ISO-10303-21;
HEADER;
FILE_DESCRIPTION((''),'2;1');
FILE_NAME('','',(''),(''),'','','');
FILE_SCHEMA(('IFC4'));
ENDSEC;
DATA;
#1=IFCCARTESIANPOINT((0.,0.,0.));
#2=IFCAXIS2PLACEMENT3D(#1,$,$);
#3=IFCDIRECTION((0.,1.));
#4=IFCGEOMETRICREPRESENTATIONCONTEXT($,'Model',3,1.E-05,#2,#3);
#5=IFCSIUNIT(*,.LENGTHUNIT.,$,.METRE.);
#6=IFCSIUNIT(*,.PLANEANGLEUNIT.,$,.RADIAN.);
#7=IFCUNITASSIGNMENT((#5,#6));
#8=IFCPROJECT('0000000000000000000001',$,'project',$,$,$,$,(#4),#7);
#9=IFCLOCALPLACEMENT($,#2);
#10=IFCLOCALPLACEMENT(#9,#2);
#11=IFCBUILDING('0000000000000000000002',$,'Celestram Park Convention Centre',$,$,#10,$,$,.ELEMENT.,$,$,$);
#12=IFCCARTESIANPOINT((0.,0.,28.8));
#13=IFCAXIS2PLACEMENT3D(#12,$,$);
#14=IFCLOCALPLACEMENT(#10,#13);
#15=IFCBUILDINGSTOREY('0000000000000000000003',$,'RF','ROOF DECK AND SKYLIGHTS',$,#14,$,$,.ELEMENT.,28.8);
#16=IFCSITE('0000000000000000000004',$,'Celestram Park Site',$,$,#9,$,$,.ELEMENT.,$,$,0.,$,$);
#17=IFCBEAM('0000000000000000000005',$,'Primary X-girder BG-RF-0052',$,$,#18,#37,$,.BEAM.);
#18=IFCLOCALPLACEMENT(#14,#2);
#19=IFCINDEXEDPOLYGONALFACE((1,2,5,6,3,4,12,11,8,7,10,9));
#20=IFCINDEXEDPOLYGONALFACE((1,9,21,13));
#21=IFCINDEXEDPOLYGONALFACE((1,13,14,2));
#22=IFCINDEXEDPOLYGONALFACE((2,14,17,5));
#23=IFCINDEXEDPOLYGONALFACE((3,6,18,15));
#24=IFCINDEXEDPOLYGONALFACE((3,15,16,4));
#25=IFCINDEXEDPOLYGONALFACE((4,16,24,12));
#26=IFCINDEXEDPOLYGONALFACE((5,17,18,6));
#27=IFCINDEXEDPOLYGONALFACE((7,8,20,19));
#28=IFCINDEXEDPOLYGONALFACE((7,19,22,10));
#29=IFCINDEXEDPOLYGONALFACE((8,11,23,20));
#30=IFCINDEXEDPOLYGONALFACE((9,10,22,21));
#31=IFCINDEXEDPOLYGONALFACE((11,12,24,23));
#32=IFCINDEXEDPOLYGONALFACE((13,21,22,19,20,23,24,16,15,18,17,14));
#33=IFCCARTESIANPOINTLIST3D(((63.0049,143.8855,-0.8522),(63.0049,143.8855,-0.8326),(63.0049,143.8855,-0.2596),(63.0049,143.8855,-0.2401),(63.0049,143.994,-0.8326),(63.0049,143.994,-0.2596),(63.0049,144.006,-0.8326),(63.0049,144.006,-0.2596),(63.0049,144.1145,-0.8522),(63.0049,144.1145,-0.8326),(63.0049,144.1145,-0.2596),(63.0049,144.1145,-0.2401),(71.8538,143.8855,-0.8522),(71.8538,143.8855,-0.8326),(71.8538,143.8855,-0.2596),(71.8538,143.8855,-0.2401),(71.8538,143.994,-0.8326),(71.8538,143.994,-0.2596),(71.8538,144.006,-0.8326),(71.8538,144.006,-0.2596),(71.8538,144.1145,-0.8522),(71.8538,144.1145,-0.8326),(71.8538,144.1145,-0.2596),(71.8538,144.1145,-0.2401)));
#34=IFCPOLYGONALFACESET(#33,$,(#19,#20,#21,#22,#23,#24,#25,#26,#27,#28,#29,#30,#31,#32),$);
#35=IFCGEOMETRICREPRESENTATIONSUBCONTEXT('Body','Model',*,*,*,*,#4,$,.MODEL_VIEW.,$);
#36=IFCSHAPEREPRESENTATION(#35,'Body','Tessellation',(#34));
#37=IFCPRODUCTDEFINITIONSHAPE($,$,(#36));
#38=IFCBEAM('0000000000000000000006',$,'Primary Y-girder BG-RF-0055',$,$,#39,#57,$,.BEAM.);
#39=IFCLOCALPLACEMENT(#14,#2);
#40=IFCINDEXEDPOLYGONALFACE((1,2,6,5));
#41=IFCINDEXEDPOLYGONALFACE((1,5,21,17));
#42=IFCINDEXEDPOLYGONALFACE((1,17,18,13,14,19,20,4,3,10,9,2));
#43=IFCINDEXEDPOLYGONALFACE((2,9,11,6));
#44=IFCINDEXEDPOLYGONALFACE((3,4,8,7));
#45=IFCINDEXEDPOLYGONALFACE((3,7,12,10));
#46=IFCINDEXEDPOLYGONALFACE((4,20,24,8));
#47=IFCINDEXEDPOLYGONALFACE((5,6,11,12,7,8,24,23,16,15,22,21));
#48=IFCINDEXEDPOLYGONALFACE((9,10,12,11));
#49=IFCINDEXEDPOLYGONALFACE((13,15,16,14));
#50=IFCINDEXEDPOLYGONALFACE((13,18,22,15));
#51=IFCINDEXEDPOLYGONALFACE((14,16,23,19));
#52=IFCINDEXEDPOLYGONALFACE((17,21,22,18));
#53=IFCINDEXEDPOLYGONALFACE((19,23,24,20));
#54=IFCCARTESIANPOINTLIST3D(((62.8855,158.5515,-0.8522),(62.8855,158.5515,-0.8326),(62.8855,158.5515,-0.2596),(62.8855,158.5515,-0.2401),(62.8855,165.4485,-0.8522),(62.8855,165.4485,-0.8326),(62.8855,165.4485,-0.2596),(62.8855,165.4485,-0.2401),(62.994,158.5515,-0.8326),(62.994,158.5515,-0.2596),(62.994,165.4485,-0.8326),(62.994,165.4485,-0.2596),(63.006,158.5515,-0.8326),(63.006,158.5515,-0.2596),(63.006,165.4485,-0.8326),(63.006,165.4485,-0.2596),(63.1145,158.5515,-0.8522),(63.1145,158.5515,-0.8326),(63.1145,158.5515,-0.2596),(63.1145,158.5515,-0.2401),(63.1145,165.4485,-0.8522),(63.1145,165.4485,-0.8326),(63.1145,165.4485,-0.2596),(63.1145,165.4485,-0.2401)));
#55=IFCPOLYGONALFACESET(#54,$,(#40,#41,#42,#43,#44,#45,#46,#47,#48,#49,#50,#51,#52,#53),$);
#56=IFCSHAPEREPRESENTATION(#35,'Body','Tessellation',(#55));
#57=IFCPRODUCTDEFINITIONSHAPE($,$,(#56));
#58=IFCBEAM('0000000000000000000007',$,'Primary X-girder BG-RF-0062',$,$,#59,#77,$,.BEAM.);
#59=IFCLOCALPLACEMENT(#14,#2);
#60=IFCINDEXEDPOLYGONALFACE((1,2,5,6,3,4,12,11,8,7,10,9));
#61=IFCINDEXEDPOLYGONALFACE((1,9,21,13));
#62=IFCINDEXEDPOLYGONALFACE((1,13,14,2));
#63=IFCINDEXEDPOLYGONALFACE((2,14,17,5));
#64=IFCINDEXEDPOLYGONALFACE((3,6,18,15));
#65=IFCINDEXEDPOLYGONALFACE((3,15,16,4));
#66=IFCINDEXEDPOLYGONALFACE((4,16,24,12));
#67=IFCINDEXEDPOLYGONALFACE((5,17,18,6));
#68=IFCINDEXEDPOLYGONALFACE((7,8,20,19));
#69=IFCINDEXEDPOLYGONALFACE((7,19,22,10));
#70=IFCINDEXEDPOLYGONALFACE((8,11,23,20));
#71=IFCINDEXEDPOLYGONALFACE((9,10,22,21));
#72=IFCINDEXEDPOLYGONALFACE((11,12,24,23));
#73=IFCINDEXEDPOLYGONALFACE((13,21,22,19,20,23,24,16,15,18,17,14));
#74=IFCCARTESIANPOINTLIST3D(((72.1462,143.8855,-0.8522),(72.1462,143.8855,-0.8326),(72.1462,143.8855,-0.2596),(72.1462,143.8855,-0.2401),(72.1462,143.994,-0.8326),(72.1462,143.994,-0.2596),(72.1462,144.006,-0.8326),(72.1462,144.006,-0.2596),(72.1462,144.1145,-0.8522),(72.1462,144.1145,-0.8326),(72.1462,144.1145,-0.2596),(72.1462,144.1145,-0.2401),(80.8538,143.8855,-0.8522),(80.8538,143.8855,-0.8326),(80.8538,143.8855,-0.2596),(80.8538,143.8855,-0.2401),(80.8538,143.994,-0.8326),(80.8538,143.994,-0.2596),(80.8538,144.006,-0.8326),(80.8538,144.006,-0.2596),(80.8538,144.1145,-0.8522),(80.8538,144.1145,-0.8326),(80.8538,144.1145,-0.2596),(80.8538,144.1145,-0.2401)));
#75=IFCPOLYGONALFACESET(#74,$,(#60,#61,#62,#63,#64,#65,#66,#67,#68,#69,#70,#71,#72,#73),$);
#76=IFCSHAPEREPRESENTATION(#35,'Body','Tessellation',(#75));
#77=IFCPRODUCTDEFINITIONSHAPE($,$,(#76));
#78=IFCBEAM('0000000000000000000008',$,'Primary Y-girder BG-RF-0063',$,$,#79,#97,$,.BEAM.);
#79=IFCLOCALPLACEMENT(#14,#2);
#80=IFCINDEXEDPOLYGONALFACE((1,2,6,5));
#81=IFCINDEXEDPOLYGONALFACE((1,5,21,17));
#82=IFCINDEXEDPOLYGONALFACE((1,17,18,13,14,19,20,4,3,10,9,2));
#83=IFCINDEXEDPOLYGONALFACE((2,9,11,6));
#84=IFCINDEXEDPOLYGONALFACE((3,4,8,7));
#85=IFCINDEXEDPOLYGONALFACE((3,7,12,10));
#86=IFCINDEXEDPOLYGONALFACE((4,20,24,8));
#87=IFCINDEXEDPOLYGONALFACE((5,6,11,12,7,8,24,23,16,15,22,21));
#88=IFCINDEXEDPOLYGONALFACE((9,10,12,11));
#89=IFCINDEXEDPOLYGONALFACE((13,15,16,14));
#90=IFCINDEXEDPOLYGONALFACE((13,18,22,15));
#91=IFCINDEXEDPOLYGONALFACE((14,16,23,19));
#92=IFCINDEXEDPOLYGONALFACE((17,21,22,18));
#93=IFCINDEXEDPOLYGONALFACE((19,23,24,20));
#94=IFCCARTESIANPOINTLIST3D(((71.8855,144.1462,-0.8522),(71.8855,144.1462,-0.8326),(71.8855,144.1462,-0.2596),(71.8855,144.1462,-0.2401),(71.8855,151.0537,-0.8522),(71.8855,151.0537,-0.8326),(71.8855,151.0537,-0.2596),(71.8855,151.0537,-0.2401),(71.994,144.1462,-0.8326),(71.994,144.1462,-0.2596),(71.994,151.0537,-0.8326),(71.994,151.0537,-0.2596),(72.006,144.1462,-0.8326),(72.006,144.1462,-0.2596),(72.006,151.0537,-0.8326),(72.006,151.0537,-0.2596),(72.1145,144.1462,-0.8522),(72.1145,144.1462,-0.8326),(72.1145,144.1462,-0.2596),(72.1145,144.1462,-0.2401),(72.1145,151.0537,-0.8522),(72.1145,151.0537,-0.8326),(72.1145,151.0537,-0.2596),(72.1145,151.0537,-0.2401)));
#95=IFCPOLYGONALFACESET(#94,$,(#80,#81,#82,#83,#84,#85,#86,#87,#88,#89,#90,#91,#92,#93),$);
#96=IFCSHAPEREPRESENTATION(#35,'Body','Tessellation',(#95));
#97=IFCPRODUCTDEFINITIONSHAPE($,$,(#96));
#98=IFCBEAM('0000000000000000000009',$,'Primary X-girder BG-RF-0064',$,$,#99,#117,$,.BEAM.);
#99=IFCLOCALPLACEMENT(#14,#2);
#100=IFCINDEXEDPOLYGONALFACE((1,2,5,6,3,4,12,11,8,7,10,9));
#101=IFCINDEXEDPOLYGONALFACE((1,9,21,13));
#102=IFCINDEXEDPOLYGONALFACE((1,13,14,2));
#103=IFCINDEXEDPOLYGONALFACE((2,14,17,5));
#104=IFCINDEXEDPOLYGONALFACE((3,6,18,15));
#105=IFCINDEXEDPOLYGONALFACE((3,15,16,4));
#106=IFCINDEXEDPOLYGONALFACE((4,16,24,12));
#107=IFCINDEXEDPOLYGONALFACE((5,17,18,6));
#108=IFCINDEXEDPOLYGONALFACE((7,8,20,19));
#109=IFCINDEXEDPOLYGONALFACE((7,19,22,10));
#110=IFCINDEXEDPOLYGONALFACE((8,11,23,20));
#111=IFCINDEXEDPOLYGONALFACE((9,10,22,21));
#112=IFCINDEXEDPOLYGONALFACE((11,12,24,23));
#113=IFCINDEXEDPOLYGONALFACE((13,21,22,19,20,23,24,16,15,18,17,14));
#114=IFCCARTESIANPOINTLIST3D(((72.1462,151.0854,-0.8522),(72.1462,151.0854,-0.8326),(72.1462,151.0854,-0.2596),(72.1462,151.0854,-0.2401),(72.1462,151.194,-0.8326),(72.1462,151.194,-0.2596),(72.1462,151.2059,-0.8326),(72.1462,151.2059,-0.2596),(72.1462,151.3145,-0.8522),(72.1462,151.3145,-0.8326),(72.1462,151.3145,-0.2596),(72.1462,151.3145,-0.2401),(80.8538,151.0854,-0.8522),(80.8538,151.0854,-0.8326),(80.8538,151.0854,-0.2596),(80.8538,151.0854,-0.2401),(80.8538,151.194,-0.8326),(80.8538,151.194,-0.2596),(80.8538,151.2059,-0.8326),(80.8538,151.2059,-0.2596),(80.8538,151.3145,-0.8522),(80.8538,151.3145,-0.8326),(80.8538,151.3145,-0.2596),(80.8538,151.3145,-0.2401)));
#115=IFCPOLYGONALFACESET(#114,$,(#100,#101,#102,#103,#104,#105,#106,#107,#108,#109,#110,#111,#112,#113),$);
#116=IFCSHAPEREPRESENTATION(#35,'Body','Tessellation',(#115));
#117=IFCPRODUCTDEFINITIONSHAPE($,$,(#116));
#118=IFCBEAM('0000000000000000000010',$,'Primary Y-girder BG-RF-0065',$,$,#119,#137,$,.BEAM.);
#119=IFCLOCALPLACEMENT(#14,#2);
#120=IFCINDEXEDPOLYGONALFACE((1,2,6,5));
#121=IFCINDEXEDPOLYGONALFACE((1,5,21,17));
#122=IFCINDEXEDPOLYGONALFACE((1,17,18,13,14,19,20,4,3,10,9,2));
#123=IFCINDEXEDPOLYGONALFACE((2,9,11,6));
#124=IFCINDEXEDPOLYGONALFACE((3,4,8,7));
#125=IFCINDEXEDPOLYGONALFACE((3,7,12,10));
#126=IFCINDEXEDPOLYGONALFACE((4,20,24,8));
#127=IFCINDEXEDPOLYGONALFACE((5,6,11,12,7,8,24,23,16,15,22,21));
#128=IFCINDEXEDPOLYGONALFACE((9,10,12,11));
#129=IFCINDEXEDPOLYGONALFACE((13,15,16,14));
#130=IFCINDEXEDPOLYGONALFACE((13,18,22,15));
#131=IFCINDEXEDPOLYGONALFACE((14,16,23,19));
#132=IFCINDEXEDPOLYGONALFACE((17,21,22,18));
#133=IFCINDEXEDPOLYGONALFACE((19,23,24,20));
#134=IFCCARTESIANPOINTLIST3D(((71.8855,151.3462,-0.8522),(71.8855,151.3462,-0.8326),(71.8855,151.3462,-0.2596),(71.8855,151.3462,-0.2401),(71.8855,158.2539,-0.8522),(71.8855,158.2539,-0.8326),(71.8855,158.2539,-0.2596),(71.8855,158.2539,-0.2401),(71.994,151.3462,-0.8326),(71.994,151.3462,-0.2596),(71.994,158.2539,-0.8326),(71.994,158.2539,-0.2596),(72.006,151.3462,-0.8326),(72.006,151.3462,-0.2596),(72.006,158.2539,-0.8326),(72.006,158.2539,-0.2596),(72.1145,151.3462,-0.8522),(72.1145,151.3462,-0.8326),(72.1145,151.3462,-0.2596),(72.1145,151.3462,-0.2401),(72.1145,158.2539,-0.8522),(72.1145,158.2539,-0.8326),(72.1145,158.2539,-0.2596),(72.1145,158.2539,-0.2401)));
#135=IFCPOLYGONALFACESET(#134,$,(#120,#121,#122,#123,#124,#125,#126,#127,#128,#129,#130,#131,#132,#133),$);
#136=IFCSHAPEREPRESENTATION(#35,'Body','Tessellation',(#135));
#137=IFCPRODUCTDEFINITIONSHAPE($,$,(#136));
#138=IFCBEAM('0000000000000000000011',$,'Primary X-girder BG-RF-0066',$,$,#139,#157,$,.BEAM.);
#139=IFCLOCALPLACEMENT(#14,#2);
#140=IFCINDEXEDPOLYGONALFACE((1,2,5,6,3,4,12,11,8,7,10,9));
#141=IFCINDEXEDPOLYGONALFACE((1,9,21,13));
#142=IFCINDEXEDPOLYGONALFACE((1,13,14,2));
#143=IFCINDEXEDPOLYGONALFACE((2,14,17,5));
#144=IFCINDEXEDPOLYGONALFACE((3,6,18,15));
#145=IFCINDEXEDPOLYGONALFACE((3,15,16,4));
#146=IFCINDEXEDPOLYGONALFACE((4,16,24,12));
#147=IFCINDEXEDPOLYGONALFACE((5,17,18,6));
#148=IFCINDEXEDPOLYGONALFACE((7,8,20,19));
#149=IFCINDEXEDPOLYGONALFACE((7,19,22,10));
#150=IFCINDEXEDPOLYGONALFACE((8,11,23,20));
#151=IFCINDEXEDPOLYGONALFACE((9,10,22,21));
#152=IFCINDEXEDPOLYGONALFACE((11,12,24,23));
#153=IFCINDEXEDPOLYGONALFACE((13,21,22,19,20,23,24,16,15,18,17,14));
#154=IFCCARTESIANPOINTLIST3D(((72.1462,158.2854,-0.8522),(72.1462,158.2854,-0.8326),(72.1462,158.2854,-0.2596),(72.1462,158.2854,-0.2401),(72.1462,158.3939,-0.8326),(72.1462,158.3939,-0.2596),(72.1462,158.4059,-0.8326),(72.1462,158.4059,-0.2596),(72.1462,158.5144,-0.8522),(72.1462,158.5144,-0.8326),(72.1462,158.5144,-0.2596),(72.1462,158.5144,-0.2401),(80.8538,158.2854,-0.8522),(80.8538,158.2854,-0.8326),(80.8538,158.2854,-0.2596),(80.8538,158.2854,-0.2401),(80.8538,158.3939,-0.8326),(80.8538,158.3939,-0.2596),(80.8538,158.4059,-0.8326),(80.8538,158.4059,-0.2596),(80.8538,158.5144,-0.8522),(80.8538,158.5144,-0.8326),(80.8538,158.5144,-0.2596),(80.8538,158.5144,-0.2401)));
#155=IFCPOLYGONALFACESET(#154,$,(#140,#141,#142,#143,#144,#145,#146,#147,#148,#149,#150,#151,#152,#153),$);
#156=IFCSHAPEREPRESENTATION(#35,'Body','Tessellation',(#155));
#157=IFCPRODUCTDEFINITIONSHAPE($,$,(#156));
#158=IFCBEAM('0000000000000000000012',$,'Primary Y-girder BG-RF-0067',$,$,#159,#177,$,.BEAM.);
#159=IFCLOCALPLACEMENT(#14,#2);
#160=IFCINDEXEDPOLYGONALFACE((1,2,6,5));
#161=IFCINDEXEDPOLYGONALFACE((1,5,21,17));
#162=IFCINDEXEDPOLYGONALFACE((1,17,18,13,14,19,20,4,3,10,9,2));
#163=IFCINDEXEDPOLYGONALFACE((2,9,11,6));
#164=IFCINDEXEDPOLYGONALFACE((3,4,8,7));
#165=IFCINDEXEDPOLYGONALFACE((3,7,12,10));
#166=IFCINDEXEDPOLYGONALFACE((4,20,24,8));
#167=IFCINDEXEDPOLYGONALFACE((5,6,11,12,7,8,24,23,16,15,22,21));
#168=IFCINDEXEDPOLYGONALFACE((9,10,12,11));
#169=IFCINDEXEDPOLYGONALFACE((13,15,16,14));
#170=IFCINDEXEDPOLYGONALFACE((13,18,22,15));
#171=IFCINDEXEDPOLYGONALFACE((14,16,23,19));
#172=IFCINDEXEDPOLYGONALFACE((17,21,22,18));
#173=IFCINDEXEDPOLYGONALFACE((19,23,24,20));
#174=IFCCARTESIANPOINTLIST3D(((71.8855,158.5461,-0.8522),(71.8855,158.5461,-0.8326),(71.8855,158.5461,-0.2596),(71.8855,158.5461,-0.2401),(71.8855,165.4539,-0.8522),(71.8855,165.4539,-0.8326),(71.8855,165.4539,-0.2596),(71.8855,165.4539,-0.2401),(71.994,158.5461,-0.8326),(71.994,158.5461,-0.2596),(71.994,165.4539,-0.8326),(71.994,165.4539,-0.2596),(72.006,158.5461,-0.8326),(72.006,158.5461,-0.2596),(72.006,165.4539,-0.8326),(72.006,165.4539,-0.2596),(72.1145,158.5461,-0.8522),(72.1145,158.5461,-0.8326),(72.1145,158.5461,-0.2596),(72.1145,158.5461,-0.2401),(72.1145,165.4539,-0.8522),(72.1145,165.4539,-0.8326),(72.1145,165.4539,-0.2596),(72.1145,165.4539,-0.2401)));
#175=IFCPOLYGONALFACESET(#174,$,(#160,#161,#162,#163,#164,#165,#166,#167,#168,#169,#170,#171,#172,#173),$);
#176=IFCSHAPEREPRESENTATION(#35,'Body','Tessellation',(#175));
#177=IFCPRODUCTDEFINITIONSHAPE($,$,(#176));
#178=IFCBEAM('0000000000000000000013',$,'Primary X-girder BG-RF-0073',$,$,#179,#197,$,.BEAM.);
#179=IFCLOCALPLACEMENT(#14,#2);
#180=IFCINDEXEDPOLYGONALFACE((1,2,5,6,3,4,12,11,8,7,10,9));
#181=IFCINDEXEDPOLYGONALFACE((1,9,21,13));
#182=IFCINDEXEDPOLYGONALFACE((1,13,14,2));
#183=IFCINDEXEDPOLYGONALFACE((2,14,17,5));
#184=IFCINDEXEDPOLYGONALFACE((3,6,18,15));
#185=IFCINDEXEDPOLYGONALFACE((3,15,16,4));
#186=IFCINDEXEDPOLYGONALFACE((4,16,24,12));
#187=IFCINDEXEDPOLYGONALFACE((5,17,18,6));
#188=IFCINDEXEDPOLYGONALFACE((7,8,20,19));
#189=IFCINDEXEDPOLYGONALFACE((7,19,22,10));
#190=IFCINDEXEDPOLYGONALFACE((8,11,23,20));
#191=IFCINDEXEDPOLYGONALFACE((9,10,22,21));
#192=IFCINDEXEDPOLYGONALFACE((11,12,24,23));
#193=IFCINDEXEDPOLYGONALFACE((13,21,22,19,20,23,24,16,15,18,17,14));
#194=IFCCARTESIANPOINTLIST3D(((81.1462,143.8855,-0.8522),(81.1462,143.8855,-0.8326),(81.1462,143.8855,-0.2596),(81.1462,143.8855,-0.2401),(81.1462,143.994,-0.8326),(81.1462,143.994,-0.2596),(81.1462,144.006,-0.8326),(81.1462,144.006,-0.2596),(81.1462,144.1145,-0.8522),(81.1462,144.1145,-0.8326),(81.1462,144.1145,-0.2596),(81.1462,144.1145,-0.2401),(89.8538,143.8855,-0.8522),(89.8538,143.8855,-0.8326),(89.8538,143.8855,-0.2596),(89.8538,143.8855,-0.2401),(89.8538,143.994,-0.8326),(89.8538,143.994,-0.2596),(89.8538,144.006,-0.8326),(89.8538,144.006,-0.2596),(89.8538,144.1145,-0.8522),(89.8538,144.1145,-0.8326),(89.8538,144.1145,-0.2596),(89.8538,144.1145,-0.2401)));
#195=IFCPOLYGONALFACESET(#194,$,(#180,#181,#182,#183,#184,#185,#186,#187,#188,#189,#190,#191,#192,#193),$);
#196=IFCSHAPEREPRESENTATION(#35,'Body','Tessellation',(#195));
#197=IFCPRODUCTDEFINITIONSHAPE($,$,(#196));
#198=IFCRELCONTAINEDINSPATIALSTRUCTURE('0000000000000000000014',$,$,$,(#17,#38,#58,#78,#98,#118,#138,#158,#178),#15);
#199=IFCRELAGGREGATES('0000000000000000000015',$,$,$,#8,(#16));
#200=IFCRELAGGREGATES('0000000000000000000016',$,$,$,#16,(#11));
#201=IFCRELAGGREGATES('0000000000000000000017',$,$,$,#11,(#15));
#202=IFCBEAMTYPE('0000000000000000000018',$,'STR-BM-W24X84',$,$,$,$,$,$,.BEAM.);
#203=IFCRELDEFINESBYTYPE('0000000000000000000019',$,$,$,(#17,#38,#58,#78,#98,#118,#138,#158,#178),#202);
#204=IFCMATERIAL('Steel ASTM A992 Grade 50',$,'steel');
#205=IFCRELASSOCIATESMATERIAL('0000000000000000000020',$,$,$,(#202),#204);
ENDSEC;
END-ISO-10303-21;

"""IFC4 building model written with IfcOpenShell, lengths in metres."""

from ifc_helpers import new_model, si_unit, direction, frame, origin, origin_2d, place, context, subcontext, project, spatial, i_section, extrude, material, material_profile, profile_set, type_object, element, save


model = new_model("IFC4")

# Units and contexts
model_context = context("Model", 3, precision=1e-05, world=origin(), true_north=direction((0.0, 1.0)))
body_context = subcontext(model_context, "Body", "Model", "MODEL_VIEW")
ifc_project = project(units=[si_unit("LENGTHUNIT", "METRE"), si_unit("PLANEANGLEUNIT", "RADIAN")], contexts=[model_context])

# Site, building, storey
site_placement = place(None, origin())
site = spatial("IfcSite", under=ifc_project, at=site_placement, Name="Celestram Park Site", CompositionType="ELEMENT", RefElevation=0.0)
building_placement = place(site_placement, origin())
building = spatial("IfcBuilding", under=site, at=building_placement, Name="Celestram Park Convention Centre", CompositionType="ELEMENT")
storey_placement = place(building_placement, frame((0.0, 0.0, 28.8)))
storey = spatial("IfcBuildingStorey", under=building, at=storey_placement, Name="RF", Description="ROOF DECK AND SKYLIGHTS", CompositionType="ELEMENT", Elevation=28.8)

# Beams
ifc_material_1 = material(Name="Steel ASTM A992 Grade 50", Category="steel")
ifc_material_profile_1 = material_profile(ifc_material_1, i_section(OverallWidth=0.229, OverallDepth=0.6121, WebThickness=0.012, FlangeThickness=0.0195, at=origin_2d()), Name="W24X84")
ifc_profile_set_1 = profile_set([ifc_material_profile_1], Name="Steel ASTM A992 Grade 50")
beam_type_1 = type_object("IfcBeamType", Name="STR-BM-W24X84", PredefinedType="BEAM", material=ifc_profile_set_1)
beam_1_placement = place(storey_placement, frame((63.0049, 144.0, -0.5461), z_axis=(1.0, 0.0, 0.0), x_axis=(0.0, 1.0, 0.0)))
element("IfcBeam", 1, at=beam_1_placement, inside=storey, type_object=beam_type_1, Name="Primary X-girder BG-RF-0052", PredefinedType="BEAM", context=body_context, shape_type="SweptSolid", body=[
    extrude(i_section(OverallWidth=0.229, OverallDepth=0.6121, WebThickness=0.012, FlangeThickness=0.0195, at=origin_2d()), origin(), (0.0, 0.0, 1.0), 8.8489),
])
beam_2_placement = place(storey_placement, frame((63.0, 158.5515, -0.5461), z_axis=(0.0, 1.0, 0.0), x_axis=(-1.0, 0.0, 0.0)))
element("IfcBeam", 2, at=beam_2_placement, inside=storey, type_object=beam_type_1, Name="Primary Y-girder BG-RF-0055", PredefinedType="BEAM", context=body_context, shape_type="SweptSolid", body=[
    extrude(i_section(OverallWidth=0.229, OverallDepth=0.6121, WebThickness=0.012, FlangeThickness=0.0195, at=origin_2d()), origin(), (0.0, 0.0, 1.0), 6.897),
])
beam_3_placement = place(storey_placement, frame((72.1462, 144.0, -0.5461), z_axis=(1.0, 0.0, 0.0), x_axis=(0.0, 1.0, 0.0)))
element("IfcBeam", 3, at=beam_3_placement, inside=storey, type_object=beam_type_1, Name="Primary X-girder BG-RF-0062", PredefinedType="BEAM", context=body_context, shape_type="SweptSolid", body=[
    extrude(i_section(OverallWidth=0.229, OverallDepth=0.6121, WebThickness=0.012, FlangeThickness=0.0195, at=origin_2d()), origin(), (0.0, 0.0, 1.0), 8.7075),
])
beam_4_placement = place(storey_placement, frame((72.0, 144.1462, -0.5461), z_axis=(0.0, 1.0, 0.0), x_axis=(-1.0, 0.0, 0.0)))
element("IfcBeam", 4, at=beam_4_placement, inside=storey, type_object=beam_type_1, Name="Primary Y-girder BG-RF-0063", PredefinedType="BEAM", context=body_context, shape_type="SweptSolid", body=[
    extrude(i_section(OverallWidth=0.229, OverallDepth=0.6121, WebThickness=0.012, FlangeThickness=0.0195, at=origin_2d()), origin(), (0.0, 0.0, 1.0), 6.9075),
])
beam_5_placement = place(storey_placement, frame((72.1462, 151.2, -0.5461), z_axis=(1.0, 0.0, 0.0), x_axis=(0.0, 1.0, 0.0)))
element("IfcBeam", 5, at=beam_5_placement, inside=storey, type_object=beam_type_1, Name="Primary X-girder BG-RF-0064", PredefinedType="BEAM", context=body_context, shape_type="SweptSolid", body=[
    extrude(i_section(OverallWidth=0.229, OverallDepth=0.6121, WebThickness=0.012, FlangeThickness=0.0195, at=origin_2d()), origin(), (0.0, 0.0, 1.0), 8.7075),
])
beam_6_placement = place(storey_placement, frame((72.0, 151.3462, -0.5461), z_axis=(0.0, 1.0, 0.0), x_axis=(-1.0, 0.0, 0.0)))
element("IfcBeam", 6, at=beam_6_placement, inside=storey, type_object=beam_type_1, Name="Primary Y-girder BG-RF-0065", PredefinedType="BEAM", context=body_context, shape_type="SweptSolid", body=[
    extrude(i_section(OverallWidth=0.229, OverallDepth=0.6121, WebThickness=0.012, FlangeThickness=0.0195, at=origin_2d()), origin(), (0.0, 0.0, 1.0), 6.9077),
])
beam_7_placement = place(storey_placement, frame((72.1462, 158.3999, -0.5461), z_axis=(1.0, 0.0, 0.0), x_axis=(0.0, 1.0, 0.0)))
element("IfcBeam", 7, at=beam_7_placement, inside=storey, type_object=beam_type_1, Name="Primary X-girder BG-RF-0066", PredefinedType="BEAM", context=body_context, shape_type="SweptSolid", body=[
    extrude(i_section(OverallWidth=0.229, OverallDepth=0.6121, WebThickness=0.012, FlangeThickness=0.0195, at=origin_2d()), origin(), (0.0, 0.0, 1.0), 8.7075),
])
beam_8_placement = place(storey_placement, frame((72.0, 158.5461, -0.5461), z_axis=(0.0, 1.0, 0.0), x_axis=(-1.0, 0.0, 0.0)))
element("IfcBeam", 8, at=beam_8_placement, inside=storey, type_object=beam_type_1, Name="Primary Y-girder BG-RF-0067", PredefinedType="BEAM", context=body_context, shape_type="SweptSolid", body=[
    extrude(i_section(OverallWidth=0.229, OverallDepth=0.6121, WebThickness=0.012, FlangeThickness=0.0195, at=origin_2d()), origin(), (0.0, 0.0, 1.0), 6.9077),
])
beam_9_placement = place(storey_placement, frame((81.1462, 144.0, -0.5461), z_axis=(1.0, 0.0, 0.0), x_axis=(0.0, 1.0, 0.0)))
element("IfcBeam", 9, at=beam_9_placement, inside=storey, type_object=beam_type_1, Name="Primary X-girder BG-RF-0073", PredefinedType="BEAM", context=body_context, shape_type="SweptSolid", body=[
    extrude(i_section(OverallWidth=0.229, OverallDepth=0.6121, WebThickness=0.012, FlangeThickness=0.0195, at=origin_2d()), origin(), (0.0, 0.0, 1.0), 8.7075),
])

save(model, "model.ifc")
